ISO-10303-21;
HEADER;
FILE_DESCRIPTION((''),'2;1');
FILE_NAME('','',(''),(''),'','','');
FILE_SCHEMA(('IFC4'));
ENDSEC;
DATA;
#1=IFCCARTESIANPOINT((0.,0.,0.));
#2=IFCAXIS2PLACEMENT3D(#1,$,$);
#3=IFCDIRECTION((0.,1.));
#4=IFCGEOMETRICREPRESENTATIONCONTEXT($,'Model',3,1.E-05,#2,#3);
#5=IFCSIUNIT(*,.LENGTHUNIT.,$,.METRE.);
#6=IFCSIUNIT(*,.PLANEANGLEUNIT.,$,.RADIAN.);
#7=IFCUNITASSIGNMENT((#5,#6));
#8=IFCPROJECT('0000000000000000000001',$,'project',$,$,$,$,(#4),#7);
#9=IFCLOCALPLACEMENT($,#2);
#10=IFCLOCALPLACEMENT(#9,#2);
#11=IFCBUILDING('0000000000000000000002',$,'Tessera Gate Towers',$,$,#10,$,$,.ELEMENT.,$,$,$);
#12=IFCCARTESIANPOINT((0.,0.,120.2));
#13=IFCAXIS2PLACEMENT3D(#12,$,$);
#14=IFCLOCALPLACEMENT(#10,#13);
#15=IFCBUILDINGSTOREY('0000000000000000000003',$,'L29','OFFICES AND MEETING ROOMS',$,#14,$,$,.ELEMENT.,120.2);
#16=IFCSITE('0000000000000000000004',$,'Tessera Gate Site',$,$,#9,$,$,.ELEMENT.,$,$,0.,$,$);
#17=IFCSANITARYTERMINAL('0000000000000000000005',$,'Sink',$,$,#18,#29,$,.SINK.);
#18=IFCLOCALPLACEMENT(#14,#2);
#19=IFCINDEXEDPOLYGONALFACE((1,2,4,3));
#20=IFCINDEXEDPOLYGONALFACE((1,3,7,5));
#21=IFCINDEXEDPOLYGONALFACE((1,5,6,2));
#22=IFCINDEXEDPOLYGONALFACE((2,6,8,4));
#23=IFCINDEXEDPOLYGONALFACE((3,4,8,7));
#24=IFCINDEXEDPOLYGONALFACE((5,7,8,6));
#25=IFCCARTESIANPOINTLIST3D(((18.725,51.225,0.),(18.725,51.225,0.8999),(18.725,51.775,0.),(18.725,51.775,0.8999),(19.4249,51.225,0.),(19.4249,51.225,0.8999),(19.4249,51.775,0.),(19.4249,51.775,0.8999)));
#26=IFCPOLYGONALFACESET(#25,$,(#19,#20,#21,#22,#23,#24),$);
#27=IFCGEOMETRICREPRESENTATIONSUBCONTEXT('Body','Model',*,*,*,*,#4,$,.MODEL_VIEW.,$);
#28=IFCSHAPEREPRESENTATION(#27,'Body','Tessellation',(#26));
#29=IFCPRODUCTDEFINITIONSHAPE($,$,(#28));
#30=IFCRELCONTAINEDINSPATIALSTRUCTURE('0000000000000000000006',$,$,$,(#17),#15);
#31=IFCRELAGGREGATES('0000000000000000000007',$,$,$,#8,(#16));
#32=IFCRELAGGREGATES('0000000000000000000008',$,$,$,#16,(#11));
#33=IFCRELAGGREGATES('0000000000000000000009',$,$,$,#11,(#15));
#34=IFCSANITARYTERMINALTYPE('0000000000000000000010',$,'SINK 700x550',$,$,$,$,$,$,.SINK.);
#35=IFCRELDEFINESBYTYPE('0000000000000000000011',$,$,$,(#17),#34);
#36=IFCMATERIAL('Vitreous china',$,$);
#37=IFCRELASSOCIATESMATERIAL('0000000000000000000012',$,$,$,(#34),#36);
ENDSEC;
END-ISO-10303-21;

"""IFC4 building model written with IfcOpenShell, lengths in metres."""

from ifc_helpers import new_model, si_unit, direction, frame, origin, origin_2d, place, context, subcontext, project, spatial, rectangle, extrude, material, type_object, element, save


model = new_model("IFC4")

# Units and contexts
model_context = context("Model", 3, precision=1e-05, world=origin(), true_north=direction((0.0, 1.0)))
body_context = subcontext(model_context, "Body", "Model", "MODEL_VIEW")
ifc_project = project(units=[si_unit("LENGTHUNIT", "METRE"), si_unit("PLANEANGLEUNIT", "RADIAN")], contexts=[model_context])

# Site, building, storey
site_placement = place(None, origin())
site = spatial("IfcSite", under=ifc_project, at=site_placement, Name="Tessera Gate Site", CompositionType="ELEMENT", RefElevation=0.0)
building_placement = place(site_placement, origin())
building = spatial("IfcBuilding", under=site, at=building_placement, Name="Tessera Gate Towers", CompositionType="ELEMENT")
storey_placement = place(building_placement, frame((0.0, 0.0, 120.2)))
storey = spatial("IfcBuildingStorey", under=building, at=storey_placement, Name="L29", Description="OFFICES AND MEETING ROOMS", CompositionType="ELEMENT", Elevation=120.2)

# Sanitary terminal
ifc_material_1 = material(Name="Vitreous china")
sanitary_terminal_type = type_object("IfcSanitaryTerminalType", Name="SINK 700x550", PredefinedType="SINK", material=ifc_material_1)
sanitary_terminal_placement = place(storey_placement, frame((19.075, 51.5, 0.0), z_axis=(0.0, 0.0, 1.0), x_axis=(1.0, 0.0, 0.0)))
element("IfcSanitaryTerminal", 1, at=sanitary_terminal_placement, inside=storey, type_object=sanitary_terminal_type, Name="Sink", PredefinedType="SINK", context=body_context, shape_type="SweptSolid", body=[
    extrude(rectangle(XDim=0.7, YDim=0.55, at=origin_2d()), origin(), (0.0, 0.0, 1.0), 0.8999),
])

save(model, "model.ifc")
